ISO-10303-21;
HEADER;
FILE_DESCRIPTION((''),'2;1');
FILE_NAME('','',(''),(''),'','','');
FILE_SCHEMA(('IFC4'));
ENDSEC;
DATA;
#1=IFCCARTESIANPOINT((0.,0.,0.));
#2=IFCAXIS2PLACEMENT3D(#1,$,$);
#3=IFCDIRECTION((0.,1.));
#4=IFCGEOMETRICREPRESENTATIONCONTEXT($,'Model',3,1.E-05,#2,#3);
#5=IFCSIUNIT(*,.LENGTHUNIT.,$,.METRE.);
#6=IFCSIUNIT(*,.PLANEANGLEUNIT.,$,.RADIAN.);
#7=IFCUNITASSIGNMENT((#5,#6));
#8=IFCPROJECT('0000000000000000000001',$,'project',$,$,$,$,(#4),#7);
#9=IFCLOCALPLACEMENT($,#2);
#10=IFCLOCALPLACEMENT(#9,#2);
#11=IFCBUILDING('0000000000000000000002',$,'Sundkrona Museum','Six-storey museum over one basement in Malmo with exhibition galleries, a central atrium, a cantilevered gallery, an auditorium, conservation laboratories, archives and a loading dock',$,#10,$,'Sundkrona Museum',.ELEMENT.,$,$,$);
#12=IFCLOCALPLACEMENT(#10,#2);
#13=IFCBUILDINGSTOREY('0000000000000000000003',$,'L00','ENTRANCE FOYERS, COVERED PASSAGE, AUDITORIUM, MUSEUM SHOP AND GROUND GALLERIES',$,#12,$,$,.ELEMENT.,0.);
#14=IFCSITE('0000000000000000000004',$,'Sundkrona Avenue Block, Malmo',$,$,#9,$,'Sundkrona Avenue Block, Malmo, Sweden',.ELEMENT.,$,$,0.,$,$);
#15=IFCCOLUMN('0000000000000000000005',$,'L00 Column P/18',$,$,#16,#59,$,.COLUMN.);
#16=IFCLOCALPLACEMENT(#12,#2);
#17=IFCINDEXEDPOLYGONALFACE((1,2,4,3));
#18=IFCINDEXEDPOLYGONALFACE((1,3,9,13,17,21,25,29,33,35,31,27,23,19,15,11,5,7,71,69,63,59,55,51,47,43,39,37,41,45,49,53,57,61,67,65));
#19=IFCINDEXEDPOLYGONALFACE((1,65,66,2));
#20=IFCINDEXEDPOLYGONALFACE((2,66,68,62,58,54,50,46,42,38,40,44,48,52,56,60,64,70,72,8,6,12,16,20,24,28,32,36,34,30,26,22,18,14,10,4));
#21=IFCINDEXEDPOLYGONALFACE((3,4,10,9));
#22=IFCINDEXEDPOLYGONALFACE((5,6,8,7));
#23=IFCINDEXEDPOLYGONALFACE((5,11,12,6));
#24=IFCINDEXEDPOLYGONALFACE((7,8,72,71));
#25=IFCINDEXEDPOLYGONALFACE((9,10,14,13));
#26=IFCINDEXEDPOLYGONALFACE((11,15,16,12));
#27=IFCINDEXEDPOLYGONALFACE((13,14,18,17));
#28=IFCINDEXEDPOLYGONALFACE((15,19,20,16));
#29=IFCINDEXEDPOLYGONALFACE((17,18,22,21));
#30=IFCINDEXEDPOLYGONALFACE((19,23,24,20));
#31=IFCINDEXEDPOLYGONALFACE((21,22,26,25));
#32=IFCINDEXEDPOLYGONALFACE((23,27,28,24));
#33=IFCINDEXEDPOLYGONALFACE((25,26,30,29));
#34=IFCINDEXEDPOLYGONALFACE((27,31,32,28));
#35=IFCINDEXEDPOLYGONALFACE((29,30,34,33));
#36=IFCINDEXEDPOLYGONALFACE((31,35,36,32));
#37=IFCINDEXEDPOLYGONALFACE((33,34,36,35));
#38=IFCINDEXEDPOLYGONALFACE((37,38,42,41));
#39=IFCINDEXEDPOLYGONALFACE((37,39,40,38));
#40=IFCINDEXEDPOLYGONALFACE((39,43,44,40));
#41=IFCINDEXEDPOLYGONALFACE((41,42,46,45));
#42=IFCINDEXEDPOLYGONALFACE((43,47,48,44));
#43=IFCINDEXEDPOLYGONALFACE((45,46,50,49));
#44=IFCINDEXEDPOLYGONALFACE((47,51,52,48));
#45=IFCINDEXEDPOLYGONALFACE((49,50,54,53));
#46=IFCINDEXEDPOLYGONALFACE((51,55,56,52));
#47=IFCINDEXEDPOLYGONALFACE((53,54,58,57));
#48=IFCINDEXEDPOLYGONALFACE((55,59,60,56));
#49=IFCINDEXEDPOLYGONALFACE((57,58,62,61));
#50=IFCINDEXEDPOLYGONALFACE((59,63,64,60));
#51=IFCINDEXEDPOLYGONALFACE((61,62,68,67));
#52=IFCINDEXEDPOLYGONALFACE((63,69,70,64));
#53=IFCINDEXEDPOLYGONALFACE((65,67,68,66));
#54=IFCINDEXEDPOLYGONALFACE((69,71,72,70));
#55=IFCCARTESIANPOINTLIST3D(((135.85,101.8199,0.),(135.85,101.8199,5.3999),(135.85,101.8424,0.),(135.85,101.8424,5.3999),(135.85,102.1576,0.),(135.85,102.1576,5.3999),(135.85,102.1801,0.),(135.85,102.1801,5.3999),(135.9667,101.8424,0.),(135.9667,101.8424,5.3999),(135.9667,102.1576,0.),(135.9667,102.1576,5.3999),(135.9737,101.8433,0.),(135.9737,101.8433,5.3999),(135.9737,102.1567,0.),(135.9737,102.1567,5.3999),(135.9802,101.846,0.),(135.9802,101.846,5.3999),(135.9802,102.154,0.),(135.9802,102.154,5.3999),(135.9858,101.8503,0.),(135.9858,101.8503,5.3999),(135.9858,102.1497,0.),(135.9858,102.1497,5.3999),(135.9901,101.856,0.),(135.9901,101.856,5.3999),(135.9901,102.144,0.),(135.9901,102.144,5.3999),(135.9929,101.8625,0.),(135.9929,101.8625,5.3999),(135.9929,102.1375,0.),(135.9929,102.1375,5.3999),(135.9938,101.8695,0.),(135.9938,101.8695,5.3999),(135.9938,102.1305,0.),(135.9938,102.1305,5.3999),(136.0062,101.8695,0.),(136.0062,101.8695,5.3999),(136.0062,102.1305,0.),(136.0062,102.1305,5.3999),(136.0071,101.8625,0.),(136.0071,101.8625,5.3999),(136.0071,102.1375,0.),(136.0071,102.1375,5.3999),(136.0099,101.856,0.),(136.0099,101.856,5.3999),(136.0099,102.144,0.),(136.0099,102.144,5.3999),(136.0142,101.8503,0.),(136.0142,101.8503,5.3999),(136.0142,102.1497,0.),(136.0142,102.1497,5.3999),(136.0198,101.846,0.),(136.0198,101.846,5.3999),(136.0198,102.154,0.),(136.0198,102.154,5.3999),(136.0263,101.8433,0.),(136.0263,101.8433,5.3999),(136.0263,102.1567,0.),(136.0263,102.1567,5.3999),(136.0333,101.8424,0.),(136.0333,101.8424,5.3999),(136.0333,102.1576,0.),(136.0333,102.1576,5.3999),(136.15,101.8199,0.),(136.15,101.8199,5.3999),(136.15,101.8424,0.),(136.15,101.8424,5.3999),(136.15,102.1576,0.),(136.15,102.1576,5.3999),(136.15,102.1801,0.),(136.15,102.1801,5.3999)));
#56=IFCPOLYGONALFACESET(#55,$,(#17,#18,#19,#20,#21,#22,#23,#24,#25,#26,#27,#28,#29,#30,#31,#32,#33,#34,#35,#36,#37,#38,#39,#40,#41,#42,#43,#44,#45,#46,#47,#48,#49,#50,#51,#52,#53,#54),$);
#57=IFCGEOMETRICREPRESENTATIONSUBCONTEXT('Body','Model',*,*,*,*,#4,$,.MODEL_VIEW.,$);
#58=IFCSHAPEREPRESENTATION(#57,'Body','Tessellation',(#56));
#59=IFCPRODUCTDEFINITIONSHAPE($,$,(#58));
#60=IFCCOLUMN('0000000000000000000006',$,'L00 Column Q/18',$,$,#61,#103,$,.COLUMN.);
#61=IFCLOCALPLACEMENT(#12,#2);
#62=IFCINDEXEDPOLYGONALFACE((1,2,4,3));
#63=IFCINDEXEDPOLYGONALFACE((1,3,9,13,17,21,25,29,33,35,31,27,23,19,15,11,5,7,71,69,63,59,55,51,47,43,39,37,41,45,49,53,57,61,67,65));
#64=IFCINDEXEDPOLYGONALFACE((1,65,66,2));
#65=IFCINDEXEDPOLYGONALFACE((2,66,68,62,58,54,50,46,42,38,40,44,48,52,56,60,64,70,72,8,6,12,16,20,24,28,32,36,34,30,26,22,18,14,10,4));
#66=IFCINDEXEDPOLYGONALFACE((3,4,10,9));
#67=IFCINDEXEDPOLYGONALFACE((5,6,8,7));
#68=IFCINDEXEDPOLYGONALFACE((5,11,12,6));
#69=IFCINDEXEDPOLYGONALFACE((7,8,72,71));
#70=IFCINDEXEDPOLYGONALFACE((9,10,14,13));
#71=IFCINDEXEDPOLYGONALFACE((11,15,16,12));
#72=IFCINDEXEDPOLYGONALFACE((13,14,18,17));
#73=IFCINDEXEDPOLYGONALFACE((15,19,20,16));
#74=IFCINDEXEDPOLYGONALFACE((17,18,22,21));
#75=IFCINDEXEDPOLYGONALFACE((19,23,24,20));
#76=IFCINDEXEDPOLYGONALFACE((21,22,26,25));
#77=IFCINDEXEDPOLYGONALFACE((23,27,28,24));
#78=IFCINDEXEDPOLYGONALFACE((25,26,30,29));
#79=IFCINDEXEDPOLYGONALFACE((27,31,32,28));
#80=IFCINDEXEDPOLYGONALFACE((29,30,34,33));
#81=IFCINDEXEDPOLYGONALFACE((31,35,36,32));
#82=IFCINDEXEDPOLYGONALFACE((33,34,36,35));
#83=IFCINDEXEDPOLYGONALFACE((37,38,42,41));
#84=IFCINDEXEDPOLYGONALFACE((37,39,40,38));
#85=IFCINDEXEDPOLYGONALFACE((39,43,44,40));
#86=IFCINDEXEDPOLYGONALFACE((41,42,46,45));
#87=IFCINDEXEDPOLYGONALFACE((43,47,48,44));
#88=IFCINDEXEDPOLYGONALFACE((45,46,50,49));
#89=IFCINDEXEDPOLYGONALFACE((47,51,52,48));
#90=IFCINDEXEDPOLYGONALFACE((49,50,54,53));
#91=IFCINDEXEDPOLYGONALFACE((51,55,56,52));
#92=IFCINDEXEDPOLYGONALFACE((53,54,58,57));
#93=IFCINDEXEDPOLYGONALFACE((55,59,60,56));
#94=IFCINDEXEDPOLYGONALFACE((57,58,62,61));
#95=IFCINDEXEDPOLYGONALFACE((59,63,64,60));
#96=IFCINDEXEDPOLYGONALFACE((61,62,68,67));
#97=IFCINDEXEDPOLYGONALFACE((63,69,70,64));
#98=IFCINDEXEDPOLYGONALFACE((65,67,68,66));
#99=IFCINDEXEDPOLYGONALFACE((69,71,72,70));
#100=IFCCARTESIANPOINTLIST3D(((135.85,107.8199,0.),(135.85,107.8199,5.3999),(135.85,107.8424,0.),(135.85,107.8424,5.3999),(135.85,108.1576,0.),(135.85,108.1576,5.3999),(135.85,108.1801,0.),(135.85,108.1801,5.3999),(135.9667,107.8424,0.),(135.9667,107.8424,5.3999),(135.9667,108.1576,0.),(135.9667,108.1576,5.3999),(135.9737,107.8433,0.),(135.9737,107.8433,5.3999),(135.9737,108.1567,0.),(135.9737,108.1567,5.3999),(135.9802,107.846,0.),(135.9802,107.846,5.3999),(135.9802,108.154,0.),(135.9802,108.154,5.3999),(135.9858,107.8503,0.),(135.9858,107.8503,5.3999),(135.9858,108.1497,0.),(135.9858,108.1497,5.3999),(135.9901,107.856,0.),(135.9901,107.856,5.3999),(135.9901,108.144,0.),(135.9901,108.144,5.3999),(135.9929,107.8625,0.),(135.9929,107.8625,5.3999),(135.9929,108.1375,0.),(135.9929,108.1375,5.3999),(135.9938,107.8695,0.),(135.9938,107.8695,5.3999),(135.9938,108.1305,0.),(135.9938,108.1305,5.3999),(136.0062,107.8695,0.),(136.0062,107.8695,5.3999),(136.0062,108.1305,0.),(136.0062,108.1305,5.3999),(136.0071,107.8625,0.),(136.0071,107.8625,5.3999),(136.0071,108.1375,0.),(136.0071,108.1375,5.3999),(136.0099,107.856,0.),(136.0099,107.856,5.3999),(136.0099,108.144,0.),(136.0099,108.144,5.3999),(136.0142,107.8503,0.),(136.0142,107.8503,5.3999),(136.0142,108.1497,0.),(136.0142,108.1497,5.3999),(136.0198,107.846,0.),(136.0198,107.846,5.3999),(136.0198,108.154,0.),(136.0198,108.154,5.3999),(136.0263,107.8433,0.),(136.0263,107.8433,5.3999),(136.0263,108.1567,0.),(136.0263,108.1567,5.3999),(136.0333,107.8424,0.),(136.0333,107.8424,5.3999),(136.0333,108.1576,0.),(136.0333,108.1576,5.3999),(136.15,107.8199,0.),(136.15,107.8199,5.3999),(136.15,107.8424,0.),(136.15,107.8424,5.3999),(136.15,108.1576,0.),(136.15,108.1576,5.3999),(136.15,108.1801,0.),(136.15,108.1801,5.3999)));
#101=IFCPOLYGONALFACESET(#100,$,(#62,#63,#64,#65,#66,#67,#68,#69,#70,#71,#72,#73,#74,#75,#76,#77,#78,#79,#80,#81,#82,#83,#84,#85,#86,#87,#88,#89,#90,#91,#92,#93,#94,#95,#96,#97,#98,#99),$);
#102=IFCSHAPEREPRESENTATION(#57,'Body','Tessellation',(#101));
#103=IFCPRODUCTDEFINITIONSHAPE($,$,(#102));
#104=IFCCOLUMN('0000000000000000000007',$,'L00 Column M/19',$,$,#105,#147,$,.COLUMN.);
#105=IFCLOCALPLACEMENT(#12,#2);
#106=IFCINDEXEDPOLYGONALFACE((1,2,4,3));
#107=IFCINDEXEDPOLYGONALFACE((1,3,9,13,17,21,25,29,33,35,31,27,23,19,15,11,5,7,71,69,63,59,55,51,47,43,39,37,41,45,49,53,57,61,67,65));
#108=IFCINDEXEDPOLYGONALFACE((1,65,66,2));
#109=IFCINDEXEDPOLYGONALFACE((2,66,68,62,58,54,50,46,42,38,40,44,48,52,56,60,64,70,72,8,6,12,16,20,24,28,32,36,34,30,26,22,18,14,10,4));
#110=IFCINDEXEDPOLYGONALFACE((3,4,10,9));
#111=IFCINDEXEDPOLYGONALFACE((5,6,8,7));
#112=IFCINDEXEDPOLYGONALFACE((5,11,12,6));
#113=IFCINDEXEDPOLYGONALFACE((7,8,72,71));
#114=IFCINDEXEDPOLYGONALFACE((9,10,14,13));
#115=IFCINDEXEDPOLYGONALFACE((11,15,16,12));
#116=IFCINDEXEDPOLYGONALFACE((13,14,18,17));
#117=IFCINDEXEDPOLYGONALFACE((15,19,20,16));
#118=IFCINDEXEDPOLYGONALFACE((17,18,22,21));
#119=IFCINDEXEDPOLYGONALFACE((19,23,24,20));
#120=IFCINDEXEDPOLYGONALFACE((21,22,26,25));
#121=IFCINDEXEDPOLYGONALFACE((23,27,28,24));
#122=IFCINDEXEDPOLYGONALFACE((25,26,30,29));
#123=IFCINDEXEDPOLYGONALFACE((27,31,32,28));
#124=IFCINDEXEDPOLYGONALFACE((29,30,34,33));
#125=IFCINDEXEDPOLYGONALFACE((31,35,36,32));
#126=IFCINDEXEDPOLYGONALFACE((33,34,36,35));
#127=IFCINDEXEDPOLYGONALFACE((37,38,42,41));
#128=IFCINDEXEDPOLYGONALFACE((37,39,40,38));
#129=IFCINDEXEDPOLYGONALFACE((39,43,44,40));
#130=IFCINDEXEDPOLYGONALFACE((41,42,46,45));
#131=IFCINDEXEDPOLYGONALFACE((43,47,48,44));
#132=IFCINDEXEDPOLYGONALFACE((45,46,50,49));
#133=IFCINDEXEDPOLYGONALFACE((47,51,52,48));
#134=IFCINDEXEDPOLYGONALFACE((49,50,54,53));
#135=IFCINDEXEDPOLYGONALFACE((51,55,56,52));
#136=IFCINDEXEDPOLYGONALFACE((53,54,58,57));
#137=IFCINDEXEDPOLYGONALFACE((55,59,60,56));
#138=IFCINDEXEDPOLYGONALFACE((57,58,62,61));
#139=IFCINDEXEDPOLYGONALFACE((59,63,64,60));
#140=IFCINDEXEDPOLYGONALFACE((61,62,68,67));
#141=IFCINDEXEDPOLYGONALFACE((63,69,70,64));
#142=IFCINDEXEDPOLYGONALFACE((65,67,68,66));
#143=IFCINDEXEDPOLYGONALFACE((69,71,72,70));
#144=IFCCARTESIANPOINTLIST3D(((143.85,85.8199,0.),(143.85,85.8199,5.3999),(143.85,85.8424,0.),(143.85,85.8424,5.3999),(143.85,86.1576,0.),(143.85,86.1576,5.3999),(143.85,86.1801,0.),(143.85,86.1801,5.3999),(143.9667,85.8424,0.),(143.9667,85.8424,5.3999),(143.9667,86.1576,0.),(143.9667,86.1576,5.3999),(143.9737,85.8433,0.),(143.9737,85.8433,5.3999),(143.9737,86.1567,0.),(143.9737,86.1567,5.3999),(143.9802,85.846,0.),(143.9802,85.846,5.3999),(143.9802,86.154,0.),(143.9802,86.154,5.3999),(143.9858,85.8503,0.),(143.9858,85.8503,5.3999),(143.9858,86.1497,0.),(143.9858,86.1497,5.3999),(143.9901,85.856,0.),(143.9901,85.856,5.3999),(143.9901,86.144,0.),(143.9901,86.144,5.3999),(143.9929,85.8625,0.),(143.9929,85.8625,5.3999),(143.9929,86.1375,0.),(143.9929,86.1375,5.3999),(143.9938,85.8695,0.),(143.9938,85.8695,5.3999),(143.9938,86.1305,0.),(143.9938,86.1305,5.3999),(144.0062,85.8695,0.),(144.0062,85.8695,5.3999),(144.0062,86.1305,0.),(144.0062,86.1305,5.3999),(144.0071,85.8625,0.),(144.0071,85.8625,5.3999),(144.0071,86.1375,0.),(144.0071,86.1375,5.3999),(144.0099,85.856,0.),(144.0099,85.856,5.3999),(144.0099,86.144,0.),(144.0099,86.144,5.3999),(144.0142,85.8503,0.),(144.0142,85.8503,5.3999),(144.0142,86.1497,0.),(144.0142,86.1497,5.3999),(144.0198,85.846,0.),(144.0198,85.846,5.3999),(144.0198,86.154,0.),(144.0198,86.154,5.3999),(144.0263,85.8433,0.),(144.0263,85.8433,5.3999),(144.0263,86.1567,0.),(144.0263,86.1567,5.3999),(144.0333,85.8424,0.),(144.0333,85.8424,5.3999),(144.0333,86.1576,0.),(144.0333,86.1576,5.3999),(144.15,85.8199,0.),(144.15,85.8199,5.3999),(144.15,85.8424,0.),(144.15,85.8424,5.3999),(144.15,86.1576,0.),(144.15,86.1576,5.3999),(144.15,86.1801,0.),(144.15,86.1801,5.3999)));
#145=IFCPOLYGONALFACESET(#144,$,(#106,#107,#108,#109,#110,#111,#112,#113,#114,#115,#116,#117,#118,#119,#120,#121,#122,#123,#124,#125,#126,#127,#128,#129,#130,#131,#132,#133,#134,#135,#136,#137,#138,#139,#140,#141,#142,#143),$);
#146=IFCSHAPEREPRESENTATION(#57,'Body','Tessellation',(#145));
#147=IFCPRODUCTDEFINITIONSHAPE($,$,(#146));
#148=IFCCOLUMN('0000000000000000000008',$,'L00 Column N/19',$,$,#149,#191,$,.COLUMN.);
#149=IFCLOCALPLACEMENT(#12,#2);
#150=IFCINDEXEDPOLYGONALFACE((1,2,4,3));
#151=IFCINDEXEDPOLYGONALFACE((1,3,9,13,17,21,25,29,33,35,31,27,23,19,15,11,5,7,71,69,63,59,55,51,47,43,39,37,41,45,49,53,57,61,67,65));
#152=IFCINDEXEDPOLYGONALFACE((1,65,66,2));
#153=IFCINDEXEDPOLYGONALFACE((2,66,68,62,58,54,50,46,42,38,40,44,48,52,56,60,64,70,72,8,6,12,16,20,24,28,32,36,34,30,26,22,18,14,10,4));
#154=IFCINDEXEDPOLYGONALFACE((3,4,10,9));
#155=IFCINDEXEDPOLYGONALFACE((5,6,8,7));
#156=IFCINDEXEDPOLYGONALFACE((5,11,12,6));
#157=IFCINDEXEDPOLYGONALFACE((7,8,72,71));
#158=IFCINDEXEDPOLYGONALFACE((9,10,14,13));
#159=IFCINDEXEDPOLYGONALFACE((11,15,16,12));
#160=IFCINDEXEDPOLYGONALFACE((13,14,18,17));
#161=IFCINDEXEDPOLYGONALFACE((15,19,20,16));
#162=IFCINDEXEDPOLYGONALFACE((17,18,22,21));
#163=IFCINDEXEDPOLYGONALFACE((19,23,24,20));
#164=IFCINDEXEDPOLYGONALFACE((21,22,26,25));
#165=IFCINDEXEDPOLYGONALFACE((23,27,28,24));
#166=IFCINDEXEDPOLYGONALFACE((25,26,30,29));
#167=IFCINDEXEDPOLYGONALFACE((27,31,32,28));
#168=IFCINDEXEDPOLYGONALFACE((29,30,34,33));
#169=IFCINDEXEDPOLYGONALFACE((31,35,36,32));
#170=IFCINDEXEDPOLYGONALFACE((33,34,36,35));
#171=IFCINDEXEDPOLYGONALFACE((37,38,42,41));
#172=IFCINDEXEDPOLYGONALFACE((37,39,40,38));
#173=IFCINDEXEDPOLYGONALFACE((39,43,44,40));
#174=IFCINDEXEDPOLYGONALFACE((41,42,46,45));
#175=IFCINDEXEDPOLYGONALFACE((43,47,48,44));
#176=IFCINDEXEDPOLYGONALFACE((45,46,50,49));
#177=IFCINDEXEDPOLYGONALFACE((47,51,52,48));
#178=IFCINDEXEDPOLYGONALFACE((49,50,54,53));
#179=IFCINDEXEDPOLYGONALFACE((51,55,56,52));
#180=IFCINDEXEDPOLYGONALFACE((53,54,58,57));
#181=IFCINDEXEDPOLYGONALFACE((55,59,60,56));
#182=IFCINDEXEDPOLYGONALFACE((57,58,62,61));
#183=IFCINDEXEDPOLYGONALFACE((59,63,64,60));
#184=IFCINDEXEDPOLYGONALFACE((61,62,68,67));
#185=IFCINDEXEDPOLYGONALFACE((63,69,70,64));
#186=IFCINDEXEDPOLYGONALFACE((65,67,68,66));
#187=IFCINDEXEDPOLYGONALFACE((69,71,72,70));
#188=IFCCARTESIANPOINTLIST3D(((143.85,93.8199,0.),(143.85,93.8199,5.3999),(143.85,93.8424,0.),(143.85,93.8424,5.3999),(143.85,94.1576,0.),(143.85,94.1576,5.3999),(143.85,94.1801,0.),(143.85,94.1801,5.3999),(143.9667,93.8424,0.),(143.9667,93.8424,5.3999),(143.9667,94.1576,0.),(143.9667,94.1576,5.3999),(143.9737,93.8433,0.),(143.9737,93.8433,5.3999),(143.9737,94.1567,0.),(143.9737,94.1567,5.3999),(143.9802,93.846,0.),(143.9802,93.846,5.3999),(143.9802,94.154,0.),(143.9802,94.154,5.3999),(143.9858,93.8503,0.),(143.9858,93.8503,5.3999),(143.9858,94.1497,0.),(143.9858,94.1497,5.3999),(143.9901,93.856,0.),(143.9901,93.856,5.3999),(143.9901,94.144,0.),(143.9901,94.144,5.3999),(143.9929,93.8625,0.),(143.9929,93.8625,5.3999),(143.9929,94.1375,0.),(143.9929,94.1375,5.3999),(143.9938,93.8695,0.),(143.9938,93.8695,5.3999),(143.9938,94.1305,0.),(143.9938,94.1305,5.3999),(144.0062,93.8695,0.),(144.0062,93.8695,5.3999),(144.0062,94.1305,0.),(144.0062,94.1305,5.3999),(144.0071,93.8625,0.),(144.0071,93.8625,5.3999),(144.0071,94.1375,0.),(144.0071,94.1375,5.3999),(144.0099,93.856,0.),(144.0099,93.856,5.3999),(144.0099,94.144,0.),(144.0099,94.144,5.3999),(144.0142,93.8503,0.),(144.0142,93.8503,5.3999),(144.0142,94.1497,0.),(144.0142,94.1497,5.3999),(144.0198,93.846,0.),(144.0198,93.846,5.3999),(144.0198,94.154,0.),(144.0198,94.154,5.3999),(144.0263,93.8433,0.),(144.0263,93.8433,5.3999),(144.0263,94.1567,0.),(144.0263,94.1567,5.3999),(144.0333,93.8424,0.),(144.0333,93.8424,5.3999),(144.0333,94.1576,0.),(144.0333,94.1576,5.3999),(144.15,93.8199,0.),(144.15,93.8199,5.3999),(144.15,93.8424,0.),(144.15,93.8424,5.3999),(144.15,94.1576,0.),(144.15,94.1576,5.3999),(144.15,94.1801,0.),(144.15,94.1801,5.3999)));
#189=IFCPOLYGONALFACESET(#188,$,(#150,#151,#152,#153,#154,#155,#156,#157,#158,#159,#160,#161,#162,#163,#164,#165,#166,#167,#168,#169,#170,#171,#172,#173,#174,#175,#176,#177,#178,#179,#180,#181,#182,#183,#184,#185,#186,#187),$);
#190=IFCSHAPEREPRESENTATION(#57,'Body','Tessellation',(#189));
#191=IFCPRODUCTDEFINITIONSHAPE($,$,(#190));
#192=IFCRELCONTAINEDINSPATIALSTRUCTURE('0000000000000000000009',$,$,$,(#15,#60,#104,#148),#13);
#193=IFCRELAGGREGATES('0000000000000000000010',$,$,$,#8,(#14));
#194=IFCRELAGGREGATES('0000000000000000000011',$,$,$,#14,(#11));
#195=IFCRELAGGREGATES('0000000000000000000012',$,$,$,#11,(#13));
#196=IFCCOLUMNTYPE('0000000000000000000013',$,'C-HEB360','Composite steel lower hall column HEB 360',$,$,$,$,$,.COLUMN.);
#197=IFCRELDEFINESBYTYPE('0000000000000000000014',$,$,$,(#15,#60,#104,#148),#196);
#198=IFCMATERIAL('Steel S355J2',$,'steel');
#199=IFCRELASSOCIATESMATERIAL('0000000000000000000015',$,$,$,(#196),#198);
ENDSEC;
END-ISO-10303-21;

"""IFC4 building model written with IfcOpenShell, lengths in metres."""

from ifc_helpers import new_model, si_unit, direction, frame, origin, origin_2d, place, context, subcontext, project, spatial, i_section, extrude, material, material_profile, profile_set, type_object, element, save


model = new_model("IFC4")

# Units and contexts
model_context = context("Model", 3, precision=1e-05, world=origin(), true_north=direction((0.0, 1.0)))
body_context = subcontext(model_context, "Body", "Model", "MODEL_VIEW")
ifc_project = project(units=[si_unit("LENGTHUNIT", "METRE"), si_unit("PLANEANGLEUNIT", "RADIAN")], contexts=[model_context])

# Site, building, storey
site_placement = place(None, origin())
site = spatial("IfcSite", under=ifc_project, at=site_placement, Name="Sundkrona Avenue Block, Malmo", LongName="Sundkrona Avenue Block, Malmo, Sweden", CompositionType="ELEMENT", RefElevation=0.0)
building_placement = place(site_placement, origin())
building = spatial("IfcBuilding", under=site, at=building_placement, Name="Sundkrona Museum", Description="Six-storey museum over one basement in Malmo with exhibition galleries, a central atrium, a cantilevered gallery, an auditorium, conservation laboratories, archives and a loading dock", LongName="Sundkrona Museum", CompositionType="ELEMENT")
storey_placement = place(building_placement, origin())
storey = spatial("IfcBuildingStorey", under=building, at=storey_placement, Name="L00", Description="ENTRANCE FOYERS, COVERED PASSAGE, AUDITORIUM, MUSEUM SHOP AND GROUND GALLERIES", CompositionType="ELEMENT", Elevation=0.0)

# Columns
ifc_material = material(Name="Steel S355J2", Category="steel")
ifc_material_profile_1 = material_profile(ifc_material, i_section(OverallWidth=0.3, OverallDepth=0.3601, WebThickness=0.0125, FlangeThickness=0.0225, FilletRadius=0.0271, at=origin_2d()), Name="HEB 360")
ifc_profile_set_1 = profile_set([ifc_material_profile_1], Name="Steel S355J2")
column_type = type_object("IfcColumnType", Name="C-HEB360", Description="Composite steel lower hall column HEB 360", PredefinedType="COLUMN", material=ifc_profile_set_1)
for number, where, z_axis, x_axis, name in (
    (1, (136.0, 102.0, 0.0), (0.0, 0.0, 1.0), (1.0, 0.0, 0.0), "L00 Column P/18"),
    (2, (136.0, 108.0, 0.0), (0.0, 0.0, 1.0), (1.0, 0.0, 0.0), "L00 Column Q/18"),
    (3, (144.0, 86.0, 0.0), (0.0, 0.0, 1.0), (1.0, 0.0, 0.0), "L00 Column M/19"),
    (4, (144.0, 94.0, 0.0), (0.0, 0.0, 1.0), (1.0, 0.0, 0.0), "L00 Column N/19"),
):
    element("IfcColumn", number, at=place(storey_placement, frame(where, z_axis=z_axis, x_axis=x_axis)), inside=storey, type_object=column_type, Name=name, PredefinedType="COLUMN", context=body_context, shape_type="SweptSolid", body=[
        extrude(i_section(OverallWidth=0.3, OverallDepth=0.3601, WebThickness=0.0125, FlangeThickness=0.0225, FilletRadius=0.0271, at=origin_2d()), origin(), (0.0, 0.0, 1.0), 5.3999),
    ])

save(model, "model.ifc")
